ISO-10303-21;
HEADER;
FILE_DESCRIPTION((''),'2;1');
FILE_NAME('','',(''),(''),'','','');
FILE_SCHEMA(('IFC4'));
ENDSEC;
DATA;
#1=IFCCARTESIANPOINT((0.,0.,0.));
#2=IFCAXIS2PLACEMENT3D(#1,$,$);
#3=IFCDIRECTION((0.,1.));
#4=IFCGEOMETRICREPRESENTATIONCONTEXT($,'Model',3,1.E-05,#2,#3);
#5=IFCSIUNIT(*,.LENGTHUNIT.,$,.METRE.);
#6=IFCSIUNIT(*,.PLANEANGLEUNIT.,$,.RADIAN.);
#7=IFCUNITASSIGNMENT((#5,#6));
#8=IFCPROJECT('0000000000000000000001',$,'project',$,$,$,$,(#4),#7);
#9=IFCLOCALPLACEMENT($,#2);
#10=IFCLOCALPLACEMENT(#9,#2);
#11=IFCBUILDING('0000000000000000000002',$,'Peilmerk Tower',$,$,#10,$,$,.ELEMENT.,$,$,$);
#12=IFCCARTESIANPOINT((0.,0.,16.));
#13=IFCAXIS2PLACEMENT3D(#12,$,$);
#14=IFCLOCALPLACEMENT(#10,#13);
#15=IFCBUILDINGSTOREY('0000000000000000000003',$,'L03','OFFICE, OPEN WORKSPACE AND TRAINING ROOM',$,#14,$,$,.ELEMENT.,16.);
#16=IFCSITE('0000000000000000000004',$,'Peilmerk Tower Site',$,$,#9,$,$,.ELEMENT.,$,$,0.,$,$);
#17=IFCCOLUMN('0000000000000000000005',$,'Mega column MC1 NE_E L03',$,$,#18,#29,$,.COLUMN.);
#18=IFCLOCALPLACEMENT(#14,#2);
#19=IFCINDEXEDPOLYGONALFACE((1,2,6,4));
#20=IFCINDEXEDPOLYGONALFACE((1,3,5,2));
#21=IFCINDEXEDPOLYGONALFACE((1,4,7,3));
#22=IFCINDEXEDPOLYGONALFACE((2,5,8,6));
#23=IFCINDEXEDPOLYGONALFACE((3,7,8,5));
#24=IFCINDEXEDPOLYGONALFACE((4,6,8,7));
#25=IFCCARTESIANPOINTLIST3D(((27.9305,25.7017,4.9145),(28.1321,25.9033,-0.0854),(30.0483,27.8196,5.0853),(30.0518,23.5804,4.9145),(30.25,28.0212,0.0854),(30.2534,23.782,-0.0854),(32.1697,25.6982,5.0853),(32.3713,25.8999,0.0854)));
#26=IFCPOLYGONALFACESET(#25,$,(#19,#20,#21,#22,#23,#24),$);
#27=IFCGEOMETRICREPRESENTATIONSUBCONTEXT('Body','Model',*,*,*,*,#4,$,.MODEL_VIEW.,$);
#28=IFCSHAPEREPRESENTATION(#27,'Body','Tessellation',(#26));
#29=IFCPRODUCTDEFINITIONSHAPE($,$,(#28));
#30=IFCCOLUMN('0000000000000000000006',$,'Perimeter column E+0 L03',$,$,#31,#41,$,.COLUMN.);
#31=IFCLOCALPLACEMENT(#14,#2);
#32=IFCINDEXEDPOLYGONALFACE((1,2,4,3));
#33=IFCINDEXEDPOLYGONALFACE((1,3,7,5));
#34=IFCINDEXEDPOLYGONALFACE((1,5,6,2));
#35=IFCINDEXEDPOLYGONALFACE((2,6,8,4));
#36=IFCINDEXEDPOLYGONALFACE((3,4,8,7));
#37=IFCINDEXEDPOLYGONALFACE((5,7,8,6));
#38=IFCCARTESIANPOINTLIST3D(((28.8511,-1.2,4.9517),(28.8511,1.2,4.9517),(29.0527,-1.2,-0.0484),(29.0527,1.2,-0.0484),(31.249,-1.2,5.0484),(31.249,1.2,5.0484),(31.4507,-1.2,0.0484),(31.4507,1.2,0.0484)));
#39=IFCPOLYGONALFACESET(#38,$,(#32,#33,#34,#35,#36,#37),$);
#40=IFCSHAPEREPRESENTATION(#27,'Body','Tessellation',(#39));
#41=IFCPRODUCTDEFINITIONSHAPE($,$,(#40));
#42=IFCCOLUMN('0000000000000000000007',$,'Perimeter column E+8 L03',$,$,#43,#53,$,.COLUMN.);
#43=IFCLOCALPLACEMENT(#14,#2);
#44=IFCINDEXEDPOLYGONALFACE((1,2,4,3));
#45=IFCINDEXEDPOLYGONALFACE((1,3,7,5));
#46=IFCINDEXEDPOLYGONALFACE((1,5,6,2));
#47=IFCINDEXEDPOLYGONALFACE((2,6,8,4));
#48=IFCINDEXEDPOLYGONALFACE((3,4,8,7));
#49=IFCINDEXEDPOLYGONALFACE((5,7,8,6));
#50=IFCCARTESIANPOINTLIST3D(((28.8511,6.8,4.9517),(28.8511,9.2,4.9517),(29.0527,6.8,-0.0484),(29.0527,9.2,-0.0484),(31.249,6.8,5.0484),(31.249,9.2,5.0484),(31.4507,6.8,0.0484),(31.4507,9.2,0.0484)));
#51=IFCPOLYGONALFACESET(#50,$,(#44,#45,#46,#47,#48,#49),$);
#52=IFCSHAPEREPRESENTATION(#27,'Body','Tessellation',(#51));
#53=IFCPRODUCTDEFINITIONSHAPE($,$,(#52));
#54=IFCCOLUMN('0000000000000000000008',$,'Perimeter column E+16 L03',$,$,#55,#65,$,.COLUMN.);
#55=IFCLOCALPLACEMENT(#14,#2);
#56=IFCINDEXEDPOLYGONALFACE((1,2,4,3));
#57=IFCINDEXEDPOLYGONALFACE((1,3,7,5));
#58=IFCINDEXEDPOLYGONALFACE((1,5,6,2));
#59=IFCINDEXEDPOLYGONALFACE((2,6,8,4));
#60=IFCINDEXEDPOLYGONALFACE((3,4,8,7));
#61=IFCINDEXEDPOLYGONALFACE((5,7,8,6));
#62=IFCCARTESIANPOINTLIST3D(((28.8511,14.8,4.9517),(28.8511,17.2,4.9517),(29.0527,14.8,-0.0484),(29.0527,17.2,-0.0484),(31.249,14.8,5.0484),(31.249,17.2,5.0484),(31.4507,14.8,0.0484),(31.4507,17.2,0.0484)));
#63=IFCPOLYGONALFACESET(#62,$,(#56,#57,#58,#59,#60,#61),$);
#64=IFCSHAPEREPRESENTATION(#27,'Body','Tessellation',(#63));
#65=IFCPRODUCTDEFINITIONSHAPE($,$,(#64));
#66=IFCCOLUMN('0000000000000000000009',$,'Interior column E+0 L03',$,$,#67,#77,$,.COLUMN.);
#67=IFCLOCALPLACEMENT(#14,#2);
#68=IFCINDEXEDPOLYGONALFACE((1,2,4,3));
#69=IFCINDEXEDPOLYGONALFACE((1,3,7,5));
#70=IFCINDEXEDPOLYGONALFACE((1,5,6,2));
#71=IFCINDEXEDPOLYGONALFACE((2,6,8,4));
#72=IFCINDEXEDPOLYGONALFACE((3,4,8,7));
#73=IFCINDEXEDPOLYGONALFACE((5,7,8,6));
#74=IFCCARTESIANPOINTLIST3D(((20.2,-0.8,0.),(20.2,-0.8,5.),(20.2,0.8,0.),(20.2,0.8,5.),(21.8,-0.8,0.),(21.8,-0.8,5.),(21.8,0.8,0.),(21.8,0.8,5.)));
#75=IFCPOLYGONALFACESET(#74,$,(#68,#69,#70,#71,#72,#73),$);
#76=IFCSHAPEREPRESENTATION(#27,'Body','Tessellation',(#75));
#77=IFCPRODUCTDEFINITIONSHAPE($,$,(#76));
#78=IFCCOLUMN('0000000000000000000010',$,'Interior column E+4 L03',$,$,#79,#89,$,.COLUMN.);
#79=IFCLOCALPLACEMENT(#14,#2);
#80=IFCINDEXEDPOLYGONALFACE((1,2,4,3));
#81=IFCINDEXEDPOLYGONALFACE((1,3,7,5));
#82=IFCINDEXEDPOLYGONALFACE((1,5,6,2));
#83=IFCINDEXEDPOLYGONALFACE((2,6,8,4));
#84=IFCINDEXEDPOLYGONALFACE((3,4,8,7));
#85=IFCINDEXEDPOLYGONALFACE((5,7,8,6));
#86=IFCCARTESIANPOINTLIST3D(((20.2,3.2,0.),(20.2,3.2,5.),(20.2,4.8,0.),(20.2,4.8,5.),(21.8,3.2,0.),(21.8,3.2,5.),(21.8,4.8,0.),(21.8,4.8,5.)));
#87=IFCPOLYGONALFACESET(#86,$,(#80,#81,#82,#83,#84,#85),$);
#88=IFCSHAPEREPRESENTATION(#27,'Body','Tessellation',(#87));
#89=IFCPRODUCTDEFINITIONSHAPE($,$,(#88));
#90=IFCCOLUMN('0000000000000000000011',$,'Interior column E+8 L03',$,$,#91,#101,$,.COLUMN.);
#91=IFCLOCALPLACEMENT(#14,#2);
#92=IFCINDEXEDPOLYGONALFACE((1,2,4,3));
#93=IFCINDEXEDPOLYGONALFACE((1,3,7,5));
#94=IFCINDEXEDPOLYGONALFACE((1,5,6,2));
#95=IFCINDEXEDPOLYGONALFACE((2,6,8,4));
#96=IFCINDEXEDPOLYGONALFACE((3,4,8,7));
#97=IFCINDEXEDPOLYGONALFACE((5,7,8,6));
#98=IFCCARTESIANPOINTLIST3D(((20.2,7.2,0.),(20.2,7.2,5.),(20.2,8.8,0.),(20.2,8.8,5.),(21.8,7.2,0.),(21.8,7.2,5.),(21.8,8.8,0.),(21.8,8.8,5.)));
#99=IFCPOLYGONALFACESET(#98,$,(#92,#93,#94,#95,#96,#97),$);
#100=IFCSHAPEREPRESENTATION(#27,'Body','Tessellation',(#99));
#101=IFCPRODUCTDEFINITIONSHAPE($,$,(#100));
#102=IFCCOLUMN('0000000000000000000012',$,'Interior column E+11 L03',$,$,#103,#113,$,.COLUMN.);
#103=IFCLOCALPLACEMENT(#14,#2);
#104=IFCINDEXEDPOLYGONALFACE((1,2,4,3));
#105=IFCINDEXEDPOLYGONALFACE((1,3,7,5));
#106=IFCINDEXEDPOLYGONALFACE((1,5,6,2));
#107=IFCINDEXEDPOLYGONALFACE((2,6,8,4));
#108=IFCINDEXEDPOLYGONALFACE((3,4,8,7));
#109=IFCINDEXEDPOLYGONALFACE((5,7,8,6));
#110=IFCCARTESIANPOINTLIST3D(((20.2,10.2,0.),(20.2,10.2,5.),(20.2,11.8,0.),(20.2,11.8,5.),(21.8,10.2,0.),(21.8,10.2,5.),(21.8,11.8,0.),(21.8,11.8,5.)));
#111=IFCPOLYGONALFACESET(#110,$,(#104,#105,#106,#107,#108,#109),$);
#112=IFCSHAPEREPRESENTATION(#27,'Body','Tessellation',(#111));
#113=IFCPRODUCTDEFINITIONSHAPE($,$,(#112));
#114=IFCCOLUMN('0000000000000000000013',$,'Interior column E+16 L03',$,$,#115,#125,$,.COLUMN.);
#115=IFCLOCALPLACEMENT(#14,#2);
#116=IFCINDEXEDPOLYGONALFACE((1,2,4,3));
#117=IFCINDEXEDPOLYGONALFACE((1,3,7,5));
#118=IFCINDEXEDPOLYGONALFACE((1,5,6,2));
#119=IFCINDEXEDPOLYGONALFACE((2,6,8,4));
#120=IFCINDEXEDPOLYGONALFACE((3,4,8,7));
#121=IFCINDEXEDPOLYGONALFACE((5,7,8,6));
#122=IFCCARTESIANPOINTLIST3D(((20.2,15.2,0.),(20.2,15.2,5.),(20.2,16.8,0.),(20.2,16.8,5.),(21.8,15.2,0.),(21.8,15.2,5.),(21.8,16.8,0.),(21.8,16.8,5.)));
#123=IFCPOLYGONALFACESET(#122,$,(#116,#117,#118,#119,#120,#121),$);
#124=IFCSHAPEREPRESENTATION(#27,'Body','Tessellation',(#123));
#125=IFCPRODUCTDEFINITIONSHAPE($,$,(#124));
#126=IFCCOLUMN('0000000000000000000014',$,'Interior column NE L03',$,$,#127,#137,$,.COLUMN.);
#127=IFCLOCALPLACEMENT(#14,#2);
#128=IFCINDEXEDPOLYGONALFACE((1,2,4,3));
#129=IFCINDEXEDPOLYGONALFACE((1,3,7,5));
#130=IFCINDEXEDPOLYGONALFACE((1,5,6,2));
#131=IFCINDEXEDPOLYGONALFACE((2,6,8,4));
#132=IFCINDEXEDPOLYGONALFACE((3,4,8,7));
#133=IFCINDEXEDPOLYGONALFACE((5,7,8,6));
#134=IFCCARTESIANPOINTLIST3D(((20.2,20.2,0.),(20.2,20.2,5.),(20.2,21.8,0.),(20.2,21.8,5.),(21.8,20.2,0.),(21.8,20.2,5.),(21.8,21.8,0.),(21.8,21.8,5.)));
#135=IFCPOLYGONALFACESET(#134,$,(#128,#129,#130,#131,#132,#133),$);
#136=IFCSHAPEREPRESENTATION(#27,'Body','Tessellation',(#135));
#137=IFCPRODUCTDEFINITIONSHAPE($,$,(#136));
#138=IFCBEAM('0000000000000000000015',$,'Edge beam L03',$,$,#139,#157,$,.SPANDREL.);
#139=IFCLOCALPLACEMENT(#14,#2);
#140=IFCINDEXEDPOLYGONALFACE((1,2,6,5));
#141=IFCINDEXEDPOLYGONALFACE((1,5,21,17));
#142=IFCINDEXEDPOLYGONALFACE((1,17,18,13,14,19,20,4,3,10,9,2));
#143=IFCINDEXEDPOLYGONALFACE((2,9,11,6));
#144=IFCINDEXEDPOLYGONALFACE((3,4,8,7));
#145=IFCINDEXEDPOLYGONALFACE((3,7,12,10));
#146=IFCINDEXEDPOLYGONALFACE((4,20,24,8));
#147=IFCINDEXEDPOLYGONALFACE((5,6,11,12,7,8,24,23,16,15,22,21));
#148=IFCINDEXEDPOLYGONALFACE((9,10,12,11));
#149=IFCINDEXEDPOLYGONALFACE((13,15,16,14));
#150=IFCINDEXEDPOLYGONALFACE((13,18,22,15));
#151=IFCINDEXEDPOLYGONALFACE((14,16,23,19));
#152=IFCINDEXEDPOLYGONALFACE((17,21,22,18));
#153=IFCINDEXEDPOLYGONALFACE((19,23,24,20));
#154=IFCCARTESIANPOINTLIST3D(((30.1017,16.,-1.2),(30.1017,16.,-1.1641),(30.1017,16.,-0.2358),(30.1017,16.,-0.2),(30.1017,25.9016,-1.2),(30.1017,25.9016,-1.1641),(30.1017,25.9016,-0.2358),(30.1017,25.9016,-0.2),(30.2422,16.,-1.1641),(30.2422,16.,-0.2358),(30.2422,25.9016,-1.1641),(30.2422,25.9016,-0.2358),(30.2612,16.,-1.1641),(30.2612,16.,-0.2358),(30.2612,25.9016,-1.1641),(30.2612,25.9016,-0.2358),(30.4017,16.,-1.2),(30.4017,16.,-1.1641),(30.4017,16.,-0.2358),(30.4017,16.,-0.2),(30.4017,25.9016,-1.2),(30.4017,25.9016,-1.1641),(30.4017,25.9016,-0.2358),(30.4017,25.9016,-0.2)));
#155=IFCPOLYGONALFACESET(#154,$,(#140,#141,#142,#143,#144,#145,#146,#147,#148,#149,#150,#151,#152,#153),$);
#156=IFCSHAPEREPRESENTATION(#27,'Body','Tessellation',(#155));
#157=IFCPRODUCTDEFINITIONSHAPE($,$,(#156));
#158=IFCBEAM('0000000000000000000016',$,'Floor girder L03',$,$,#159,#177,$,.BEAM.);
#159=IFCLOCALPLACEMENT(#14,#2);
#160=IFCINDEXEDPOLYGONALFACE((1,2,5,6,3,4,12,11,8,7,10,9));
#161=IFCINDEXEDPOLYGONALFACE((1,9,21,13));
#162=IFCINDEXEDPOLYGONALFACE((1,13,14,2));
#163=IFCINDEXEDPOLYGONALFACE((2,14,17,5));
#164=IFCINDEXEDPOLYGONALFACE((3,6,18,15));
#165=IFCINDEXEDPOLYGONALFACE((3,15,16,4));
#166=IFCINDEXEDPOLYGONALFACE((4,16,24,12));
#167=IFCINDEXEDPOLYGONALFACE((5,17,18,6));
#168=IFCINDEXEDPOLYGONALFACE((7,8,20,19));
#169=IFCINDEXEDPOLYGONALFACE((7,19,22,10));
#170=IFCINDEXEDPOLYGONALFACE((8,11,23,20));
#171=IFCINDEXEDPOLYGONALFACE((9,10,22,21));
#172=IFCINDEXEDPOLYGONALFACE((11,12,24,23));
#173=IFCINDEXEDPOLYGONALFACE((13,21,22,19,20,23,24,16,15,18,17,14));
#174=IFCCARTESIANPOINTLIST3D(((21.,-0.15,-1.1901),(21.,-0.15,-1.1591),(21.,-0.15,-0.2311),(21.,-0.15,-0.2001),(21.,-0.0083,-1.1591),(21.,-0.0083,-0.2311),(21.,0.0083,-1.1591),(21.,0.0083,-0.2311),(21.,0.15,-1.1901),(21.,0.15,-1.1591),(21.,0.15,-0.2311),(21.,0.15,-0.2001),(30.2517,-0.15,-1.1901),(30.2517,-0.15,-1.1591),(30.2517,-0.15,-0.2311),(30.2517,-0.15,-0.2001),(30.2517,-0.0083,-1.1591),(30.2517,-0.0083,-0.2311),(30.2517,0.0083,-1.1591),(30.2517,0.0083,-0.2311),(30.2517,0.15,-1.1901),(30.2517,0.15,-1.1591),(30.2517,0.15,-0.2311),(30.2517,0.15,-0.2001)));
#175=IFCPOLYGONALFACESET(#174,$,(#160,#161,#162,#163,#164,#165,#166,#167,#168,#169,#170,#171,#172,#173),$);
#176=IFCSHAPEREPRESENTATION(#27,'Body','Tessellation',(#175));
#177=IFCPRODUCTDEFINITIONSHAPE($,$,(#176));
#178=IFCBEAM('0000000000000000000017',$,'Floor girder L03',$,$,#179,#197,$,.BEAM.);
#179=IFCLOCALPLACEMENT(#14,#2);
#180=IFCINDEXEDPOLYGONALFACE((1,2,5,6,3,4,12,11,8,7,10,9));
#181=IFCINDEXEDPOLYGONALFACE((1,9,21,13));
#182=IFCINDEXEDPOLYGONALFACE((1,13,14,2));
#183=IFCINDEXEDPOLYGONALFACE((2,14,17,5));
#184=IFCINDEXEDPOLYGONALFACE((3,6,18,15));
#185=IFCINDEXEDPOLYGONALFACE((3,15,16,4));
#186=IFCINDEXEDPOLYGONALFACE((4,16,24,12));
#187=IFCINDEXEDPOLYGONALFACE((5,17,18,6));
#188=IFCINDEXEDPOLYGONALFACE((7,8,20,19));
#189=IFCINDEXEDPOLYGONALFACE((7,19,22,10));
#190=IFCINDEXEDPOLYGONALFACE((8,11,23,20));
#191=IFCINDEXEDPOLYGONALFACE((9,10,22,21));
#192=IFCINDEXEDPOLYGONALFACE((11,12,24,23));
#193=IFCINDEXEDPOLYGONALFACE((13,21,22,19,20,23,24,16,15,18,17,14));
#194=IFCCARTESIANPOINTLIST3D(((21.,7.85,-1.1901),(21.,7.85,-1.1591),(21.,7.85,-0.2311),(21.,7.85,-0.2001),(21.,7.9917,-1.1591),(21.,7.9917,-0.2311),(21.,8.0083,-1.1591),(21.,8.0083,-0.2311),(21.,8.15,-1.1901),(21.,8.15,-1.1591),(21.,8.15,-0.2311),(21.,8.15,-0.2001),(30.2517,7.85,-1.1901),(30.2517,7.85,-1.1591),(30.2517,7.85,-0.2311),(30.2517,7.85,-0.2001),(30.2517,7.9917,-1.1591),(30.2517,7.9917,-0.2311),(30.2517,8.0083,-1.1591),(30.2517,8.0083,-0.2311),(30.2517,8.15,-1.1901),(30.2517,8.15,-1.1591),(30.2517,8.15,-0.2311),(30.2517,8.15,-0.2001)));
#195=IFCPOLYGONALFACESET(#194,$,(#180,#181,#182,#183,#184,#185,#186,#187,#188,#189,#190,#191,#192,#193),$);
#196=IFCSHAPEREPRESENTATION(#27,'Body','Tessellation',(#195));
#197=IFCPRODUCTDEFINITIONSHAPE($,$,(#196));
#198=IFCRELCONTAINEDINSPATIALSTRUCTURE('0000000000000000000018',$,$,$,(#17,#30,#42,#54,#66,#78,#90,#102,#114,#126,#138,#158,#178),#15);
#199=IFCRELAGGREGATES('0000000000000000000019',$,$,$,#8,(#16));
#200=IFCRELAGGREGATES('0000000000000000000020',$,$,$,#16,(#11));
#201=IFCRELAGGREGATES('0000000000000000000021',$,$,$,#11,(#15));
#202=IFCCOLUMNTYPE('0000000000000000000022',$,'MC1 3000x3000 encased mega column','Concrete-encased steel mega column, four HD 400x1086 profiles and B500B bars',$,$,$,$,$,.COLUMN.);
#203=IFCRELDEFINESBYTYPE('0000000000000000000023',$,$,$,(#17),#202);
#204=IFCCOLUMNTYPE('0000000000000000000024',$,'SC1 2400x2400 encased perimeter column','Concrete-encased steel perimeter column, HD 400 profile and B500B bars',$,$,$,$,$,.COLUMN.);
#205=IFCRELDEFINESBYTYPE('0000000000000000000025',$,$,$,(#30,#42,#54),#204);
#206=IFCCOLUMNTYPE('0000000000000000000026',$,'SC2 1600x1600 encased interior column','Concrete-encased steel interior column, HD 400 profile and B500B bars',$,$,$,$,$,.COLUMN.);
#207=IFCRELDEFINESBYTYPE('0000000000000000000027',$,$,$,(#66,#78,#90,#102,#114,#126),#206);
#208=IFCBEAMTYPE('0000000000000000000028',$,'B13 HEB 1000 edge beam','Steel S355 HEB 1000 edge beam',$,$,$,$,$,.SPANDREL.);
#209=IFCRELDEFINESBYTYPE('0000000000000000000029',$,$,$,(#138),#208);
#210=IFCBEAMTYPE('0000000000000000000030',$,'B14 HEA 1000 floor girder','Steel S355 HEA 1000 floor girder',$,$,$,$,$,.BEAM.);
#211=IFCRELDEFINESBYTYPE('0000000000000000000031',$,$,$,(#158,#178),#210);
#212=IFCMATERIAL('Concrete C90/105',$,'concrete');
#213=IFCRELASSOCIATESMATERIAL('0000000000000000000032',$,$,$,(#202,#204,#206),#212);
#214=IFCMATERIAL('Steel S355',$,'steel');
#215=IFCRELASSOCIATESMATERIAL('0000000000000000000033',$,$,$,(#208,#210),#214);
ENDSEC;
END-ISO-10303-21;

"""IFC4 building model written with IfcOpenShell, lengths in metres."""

from ifc_helpers import new_model, si_unit, direction, frame, origin, origin_2d, place, context, subcontext, project, spatial, rectangle, i_section, extrude, material, material_profile, profile_set, type_object, element, save


model = new_model("IFC4")

# Units and contexts
model_context = context("Model", 3, precision=1e-05, world=origin(), true_north=direction((0.0, 1.0)))
body_context = subcontext(model_context, "Body", "Model", "MODEL_VIEW")
ifc_project = project(units=[si_unit("LENGTHUNIT", "METRE"), si_unit("PLANEANGLEUNIT", "RADIAN")], contexts=[model_context])

# Site, building, storey
site_placement = place(None, origin())
site = spatial("IfcSite", under=ifc_project, at=site_placement, Name="Peilmerk Tower Site", CompositionType="ELEMENT", RefElevation=0.0)
building_placement = place(site_placement, origin())
building = spatial("IfcBuilding", under=site, at=building_placement, Name="Peilmerk Tower", CompositionType="ELEMENT")
storey_placement = place(building_placement, frame((0.0, 0.0, 16.0)))
storey = spatial("IfcBuildingStorey", under=building, at=storey_placement, Name="L03", Description="OFFICE, OPEN WORKSPACE AND TRAINING ROOM", CompositionType="ELEMENT", Elevation=16.0)

# Columns
ifc_material_1 = material(Name="Concrete C90/105", Category="concrete")
ifc_material_profile_1 = material_profile(ifc_material_1, rectangle(XDim=3.0, YDim=3.0, at=origin_2d()), Name="RC 3000x3000")
ifc_profile_set_1 = profile_set([ifc_material_profile_1], Name="Concrete C90/105")
column_type_1 = type_object("IfcColumnType", Name="MC1 3000x3000 encased mega column", Description="Concrete-encased steel mega column, four HD 400x1086 profiles and B500B bars", PredefinedType="COLUMN", material=ifc_profile_set_1)
column_placement = place(storey_placement, frame((30.2517, 25.9016, 0.0), z_axis=(-0.040267, -0.040267, 0.998377), x_axis=(0.707107, -0.707107, 0.0)))
element("IfcColumn", 1, at=column_placement, inside=storey, type_object=column_type_1, Name="Mega column MC1 NE_E L03", PredefinedType="COLUMN", context=body_context, shape_type="SweptSolid", body=[
    extrude(rectangle(XDim=3.0, YDim=3.0, at=origin_2d()), origin(), (0.0, 0.0, 1.0), 5.0081),
])
ifc_material_profile_2 = material_profile(ifc_material_1, rectangle(XDim=2.3999, YDim=2.3999, at=origin_2d()), Name="RC 2400x2400")
ifc_profile_set_2 = profile_set([ifc_material_profile_2], Name="Concrete C90/105")
column_type_2 = type_object("IfcColumnType", Name="SC1 2400x2400 encased perimeter column", Description="Concrete-encased steel perimeter column, HD 400 profile and B500B bars", PredefinedType="COLUMN", material=ifc_profile_set_2)
for number, where, z_axis, x_axis, name in (
    (2, (30.2517, 0.0, 0.0), (-0.040299, 0.0, 0.999188), (0.0, -1.0, 0.0), "Perimeter column E+0 L03"),
    (3, (30.2517, 8.0, 0.0), (-0.040299, 0.0, 0.999188), (0.0, -1.0, 0.0), "Perimeter column E+8 L03"),
    (4, (30.2517, 16.0, 0.0), (-0.040299, 0.0, 0.999188), (0.0, -1.0, 0.0), "Perimeter column E+16 L03"),
):
    element("IfcColumn", number, at=place(storey_placement, frame(where, z_axis=z_axis, x_axis=x_axis)), inside=storey, type_object=column_type_2, Name=name, PredefinedType="COLUMN", context=body_context, shape_type="SweptSolid", body=[
        extrude(rectangle(XDim=2.3999, YDim=2.3999, at=origin_2d()), origin(), (0.0, 0.0, 1.0), 5.0042),
    ])
ifc_material_profile_3 = material_profile(ifc_material_1, rectangle(XDim=1.6001, YDim=1.6001, at=origin_2d()), Name="RC 1600x1600")
ifc_profile_set_3 = profile_set([ifc_material_profile_3], Name="Concrete C90/105")
column_type_3 = type_object("IfcColumnType", Name="SC2 1600x1600 encased interior column", Description="Concrete-encased steel interior column, HD 400 profile and B500B bars", PredefinedType="COLUMN", material=ifc_profile_set_3)
for number, where, z_axis, x_axis, name in (
    (5, (21.0, 0.0, 0.0), (0.0, 0.0, 1.0), (1.0, 0.0, 0.0), "Interior column E+0 L03"),
    (6, (21.0, 4.0, 0.0), (0.0, 0.0, 1.0), (1.0, 0.0, 0.0), "Interior column E+4 L03"),
    (7, (21.0, 8.0, 0.0), (0.0, 0.0, 1.0), (1.0, 0.0, 0.0), "Interior column E+8 L03"),
    (8, (21.0, 11.0, 0.0), (0.0, 0.0, 1.0), (1.0, 0.0, 0.0), "Interior column E+11 L03"),
    (9, (21.0, 16.0, 0.0), (0.0, 0.0, 1.0), (1.0, 0.0, 0.0), "Interior column E+16 L03"),
    (10, (21.0, 21.0, 0.0), (0.0, 0.0, 1.0), (1.0, 0.0, 0.0), "Interior column NE L03"),
):
    element("IfcColumn", number, at=place(storey_placement, frame(where, z_axis=z_axis, x_axis=x_axis)), inside=storey, type_object=column_type_3, Name=name, PredefinedType="COLUMN", context=body_context, shape_type="SweptSolid", body=[
        extrude(rectangle(XDim=1.6001, YDim=1.6001, at=origin_2d()), origin(), (0.0, 0.0, 1.0), 5.0),
    ])

# Beams
ifc_material_2 = material(Name="Steel S355", Category="steel")
ifc_material_profile_4 = material_profile(ifc_material_2, i_section(OverallWidth=0.3, OverallDepth=1.0, WebThickness=0.019, FlangeThickness=0.0359, at=origin_2d()), Name="HEB 1000")
ifc_profile_set_4 = profile_set([ifc_material_profile_4], Name="Steel S355")
beam_type_1 = type_object("IfcBeamType", Name="B13 HEB 1000 edge beam", Description="Steel S355 HEB 1000 edge beam", PredefinedType="SPANDREL", material=ifc_profile_set_4)
beam_1_placement = place(storey_placement, frame((30.2517, 16.0, -0.7), z_axis=(0.0, 1.0, 0.0), x_axis=(-1.0, 0.0, 0.0)))
element("IfcBeam", 11, at=beam_1_placement, inside=storey, type_object=beam_type_1, Name="Edge beam L03", PredefinedType="SPANDREL", context=body_context, shape_type="SweptSolid", body=[
    extrude(i_section(OverallWidth=0.3, OverallDepth=1.0, WebThickness=0.019, FlangeThickness=0.0359, at=origin_2d()), origin(), (0.0, 0.0, 1.0), 9.9016),
])
ifc_material_profile_5 = material_profile(ifc_material_2, i_section(OverallWidth=0.3, OverallDepth=0.99, WebThickness=0.0166, FlangeThickness=0.031, at=origin_2d()), Name="HEA 1000")
ifc_profile_set_5 = profile_set([ifc_material_profile_5], Name="Steel S355")
beam_type_2 = type_object("IfcBeamType", Name="B14 HEA 1000 floor girder", Description="Steel S355 HEA 1000 floor girder", PredefinedType="BEAM", material=ifc_profile_set_5)
for number, where, z_axis, x_axis, name in (
    (12, (21.0, 0.0, -0.6951), (1.0, 0.0, 0.0), (0.0, 1.0, 0.0), "Floor girder L03"),
    (13, (21.0, 8.0, -0.6951), (1.0, 0.0, 0.0), (0.0, 1.0, 0.0), "Floor girder L03"),
):
    element("IfcBeam", number, at=place(storey_placement, frame(where, z_axis=z_axis, x_axis=x_axis)), inside=storey, type_object=beam_type_2, Name=name, PredefinedType="BEAM", context=body_context, shape_type="SweptSolid", body=[
        extrude(i_section(OverallWidth=0.3, OverallDepth=0.99, WebThickness=0.0166, FlangeThickness=0.031, at=origin_2d()), origin(), (0.0, 0.0, 1.0), 9.2517),
    ])

save(model, "model.ifc")
